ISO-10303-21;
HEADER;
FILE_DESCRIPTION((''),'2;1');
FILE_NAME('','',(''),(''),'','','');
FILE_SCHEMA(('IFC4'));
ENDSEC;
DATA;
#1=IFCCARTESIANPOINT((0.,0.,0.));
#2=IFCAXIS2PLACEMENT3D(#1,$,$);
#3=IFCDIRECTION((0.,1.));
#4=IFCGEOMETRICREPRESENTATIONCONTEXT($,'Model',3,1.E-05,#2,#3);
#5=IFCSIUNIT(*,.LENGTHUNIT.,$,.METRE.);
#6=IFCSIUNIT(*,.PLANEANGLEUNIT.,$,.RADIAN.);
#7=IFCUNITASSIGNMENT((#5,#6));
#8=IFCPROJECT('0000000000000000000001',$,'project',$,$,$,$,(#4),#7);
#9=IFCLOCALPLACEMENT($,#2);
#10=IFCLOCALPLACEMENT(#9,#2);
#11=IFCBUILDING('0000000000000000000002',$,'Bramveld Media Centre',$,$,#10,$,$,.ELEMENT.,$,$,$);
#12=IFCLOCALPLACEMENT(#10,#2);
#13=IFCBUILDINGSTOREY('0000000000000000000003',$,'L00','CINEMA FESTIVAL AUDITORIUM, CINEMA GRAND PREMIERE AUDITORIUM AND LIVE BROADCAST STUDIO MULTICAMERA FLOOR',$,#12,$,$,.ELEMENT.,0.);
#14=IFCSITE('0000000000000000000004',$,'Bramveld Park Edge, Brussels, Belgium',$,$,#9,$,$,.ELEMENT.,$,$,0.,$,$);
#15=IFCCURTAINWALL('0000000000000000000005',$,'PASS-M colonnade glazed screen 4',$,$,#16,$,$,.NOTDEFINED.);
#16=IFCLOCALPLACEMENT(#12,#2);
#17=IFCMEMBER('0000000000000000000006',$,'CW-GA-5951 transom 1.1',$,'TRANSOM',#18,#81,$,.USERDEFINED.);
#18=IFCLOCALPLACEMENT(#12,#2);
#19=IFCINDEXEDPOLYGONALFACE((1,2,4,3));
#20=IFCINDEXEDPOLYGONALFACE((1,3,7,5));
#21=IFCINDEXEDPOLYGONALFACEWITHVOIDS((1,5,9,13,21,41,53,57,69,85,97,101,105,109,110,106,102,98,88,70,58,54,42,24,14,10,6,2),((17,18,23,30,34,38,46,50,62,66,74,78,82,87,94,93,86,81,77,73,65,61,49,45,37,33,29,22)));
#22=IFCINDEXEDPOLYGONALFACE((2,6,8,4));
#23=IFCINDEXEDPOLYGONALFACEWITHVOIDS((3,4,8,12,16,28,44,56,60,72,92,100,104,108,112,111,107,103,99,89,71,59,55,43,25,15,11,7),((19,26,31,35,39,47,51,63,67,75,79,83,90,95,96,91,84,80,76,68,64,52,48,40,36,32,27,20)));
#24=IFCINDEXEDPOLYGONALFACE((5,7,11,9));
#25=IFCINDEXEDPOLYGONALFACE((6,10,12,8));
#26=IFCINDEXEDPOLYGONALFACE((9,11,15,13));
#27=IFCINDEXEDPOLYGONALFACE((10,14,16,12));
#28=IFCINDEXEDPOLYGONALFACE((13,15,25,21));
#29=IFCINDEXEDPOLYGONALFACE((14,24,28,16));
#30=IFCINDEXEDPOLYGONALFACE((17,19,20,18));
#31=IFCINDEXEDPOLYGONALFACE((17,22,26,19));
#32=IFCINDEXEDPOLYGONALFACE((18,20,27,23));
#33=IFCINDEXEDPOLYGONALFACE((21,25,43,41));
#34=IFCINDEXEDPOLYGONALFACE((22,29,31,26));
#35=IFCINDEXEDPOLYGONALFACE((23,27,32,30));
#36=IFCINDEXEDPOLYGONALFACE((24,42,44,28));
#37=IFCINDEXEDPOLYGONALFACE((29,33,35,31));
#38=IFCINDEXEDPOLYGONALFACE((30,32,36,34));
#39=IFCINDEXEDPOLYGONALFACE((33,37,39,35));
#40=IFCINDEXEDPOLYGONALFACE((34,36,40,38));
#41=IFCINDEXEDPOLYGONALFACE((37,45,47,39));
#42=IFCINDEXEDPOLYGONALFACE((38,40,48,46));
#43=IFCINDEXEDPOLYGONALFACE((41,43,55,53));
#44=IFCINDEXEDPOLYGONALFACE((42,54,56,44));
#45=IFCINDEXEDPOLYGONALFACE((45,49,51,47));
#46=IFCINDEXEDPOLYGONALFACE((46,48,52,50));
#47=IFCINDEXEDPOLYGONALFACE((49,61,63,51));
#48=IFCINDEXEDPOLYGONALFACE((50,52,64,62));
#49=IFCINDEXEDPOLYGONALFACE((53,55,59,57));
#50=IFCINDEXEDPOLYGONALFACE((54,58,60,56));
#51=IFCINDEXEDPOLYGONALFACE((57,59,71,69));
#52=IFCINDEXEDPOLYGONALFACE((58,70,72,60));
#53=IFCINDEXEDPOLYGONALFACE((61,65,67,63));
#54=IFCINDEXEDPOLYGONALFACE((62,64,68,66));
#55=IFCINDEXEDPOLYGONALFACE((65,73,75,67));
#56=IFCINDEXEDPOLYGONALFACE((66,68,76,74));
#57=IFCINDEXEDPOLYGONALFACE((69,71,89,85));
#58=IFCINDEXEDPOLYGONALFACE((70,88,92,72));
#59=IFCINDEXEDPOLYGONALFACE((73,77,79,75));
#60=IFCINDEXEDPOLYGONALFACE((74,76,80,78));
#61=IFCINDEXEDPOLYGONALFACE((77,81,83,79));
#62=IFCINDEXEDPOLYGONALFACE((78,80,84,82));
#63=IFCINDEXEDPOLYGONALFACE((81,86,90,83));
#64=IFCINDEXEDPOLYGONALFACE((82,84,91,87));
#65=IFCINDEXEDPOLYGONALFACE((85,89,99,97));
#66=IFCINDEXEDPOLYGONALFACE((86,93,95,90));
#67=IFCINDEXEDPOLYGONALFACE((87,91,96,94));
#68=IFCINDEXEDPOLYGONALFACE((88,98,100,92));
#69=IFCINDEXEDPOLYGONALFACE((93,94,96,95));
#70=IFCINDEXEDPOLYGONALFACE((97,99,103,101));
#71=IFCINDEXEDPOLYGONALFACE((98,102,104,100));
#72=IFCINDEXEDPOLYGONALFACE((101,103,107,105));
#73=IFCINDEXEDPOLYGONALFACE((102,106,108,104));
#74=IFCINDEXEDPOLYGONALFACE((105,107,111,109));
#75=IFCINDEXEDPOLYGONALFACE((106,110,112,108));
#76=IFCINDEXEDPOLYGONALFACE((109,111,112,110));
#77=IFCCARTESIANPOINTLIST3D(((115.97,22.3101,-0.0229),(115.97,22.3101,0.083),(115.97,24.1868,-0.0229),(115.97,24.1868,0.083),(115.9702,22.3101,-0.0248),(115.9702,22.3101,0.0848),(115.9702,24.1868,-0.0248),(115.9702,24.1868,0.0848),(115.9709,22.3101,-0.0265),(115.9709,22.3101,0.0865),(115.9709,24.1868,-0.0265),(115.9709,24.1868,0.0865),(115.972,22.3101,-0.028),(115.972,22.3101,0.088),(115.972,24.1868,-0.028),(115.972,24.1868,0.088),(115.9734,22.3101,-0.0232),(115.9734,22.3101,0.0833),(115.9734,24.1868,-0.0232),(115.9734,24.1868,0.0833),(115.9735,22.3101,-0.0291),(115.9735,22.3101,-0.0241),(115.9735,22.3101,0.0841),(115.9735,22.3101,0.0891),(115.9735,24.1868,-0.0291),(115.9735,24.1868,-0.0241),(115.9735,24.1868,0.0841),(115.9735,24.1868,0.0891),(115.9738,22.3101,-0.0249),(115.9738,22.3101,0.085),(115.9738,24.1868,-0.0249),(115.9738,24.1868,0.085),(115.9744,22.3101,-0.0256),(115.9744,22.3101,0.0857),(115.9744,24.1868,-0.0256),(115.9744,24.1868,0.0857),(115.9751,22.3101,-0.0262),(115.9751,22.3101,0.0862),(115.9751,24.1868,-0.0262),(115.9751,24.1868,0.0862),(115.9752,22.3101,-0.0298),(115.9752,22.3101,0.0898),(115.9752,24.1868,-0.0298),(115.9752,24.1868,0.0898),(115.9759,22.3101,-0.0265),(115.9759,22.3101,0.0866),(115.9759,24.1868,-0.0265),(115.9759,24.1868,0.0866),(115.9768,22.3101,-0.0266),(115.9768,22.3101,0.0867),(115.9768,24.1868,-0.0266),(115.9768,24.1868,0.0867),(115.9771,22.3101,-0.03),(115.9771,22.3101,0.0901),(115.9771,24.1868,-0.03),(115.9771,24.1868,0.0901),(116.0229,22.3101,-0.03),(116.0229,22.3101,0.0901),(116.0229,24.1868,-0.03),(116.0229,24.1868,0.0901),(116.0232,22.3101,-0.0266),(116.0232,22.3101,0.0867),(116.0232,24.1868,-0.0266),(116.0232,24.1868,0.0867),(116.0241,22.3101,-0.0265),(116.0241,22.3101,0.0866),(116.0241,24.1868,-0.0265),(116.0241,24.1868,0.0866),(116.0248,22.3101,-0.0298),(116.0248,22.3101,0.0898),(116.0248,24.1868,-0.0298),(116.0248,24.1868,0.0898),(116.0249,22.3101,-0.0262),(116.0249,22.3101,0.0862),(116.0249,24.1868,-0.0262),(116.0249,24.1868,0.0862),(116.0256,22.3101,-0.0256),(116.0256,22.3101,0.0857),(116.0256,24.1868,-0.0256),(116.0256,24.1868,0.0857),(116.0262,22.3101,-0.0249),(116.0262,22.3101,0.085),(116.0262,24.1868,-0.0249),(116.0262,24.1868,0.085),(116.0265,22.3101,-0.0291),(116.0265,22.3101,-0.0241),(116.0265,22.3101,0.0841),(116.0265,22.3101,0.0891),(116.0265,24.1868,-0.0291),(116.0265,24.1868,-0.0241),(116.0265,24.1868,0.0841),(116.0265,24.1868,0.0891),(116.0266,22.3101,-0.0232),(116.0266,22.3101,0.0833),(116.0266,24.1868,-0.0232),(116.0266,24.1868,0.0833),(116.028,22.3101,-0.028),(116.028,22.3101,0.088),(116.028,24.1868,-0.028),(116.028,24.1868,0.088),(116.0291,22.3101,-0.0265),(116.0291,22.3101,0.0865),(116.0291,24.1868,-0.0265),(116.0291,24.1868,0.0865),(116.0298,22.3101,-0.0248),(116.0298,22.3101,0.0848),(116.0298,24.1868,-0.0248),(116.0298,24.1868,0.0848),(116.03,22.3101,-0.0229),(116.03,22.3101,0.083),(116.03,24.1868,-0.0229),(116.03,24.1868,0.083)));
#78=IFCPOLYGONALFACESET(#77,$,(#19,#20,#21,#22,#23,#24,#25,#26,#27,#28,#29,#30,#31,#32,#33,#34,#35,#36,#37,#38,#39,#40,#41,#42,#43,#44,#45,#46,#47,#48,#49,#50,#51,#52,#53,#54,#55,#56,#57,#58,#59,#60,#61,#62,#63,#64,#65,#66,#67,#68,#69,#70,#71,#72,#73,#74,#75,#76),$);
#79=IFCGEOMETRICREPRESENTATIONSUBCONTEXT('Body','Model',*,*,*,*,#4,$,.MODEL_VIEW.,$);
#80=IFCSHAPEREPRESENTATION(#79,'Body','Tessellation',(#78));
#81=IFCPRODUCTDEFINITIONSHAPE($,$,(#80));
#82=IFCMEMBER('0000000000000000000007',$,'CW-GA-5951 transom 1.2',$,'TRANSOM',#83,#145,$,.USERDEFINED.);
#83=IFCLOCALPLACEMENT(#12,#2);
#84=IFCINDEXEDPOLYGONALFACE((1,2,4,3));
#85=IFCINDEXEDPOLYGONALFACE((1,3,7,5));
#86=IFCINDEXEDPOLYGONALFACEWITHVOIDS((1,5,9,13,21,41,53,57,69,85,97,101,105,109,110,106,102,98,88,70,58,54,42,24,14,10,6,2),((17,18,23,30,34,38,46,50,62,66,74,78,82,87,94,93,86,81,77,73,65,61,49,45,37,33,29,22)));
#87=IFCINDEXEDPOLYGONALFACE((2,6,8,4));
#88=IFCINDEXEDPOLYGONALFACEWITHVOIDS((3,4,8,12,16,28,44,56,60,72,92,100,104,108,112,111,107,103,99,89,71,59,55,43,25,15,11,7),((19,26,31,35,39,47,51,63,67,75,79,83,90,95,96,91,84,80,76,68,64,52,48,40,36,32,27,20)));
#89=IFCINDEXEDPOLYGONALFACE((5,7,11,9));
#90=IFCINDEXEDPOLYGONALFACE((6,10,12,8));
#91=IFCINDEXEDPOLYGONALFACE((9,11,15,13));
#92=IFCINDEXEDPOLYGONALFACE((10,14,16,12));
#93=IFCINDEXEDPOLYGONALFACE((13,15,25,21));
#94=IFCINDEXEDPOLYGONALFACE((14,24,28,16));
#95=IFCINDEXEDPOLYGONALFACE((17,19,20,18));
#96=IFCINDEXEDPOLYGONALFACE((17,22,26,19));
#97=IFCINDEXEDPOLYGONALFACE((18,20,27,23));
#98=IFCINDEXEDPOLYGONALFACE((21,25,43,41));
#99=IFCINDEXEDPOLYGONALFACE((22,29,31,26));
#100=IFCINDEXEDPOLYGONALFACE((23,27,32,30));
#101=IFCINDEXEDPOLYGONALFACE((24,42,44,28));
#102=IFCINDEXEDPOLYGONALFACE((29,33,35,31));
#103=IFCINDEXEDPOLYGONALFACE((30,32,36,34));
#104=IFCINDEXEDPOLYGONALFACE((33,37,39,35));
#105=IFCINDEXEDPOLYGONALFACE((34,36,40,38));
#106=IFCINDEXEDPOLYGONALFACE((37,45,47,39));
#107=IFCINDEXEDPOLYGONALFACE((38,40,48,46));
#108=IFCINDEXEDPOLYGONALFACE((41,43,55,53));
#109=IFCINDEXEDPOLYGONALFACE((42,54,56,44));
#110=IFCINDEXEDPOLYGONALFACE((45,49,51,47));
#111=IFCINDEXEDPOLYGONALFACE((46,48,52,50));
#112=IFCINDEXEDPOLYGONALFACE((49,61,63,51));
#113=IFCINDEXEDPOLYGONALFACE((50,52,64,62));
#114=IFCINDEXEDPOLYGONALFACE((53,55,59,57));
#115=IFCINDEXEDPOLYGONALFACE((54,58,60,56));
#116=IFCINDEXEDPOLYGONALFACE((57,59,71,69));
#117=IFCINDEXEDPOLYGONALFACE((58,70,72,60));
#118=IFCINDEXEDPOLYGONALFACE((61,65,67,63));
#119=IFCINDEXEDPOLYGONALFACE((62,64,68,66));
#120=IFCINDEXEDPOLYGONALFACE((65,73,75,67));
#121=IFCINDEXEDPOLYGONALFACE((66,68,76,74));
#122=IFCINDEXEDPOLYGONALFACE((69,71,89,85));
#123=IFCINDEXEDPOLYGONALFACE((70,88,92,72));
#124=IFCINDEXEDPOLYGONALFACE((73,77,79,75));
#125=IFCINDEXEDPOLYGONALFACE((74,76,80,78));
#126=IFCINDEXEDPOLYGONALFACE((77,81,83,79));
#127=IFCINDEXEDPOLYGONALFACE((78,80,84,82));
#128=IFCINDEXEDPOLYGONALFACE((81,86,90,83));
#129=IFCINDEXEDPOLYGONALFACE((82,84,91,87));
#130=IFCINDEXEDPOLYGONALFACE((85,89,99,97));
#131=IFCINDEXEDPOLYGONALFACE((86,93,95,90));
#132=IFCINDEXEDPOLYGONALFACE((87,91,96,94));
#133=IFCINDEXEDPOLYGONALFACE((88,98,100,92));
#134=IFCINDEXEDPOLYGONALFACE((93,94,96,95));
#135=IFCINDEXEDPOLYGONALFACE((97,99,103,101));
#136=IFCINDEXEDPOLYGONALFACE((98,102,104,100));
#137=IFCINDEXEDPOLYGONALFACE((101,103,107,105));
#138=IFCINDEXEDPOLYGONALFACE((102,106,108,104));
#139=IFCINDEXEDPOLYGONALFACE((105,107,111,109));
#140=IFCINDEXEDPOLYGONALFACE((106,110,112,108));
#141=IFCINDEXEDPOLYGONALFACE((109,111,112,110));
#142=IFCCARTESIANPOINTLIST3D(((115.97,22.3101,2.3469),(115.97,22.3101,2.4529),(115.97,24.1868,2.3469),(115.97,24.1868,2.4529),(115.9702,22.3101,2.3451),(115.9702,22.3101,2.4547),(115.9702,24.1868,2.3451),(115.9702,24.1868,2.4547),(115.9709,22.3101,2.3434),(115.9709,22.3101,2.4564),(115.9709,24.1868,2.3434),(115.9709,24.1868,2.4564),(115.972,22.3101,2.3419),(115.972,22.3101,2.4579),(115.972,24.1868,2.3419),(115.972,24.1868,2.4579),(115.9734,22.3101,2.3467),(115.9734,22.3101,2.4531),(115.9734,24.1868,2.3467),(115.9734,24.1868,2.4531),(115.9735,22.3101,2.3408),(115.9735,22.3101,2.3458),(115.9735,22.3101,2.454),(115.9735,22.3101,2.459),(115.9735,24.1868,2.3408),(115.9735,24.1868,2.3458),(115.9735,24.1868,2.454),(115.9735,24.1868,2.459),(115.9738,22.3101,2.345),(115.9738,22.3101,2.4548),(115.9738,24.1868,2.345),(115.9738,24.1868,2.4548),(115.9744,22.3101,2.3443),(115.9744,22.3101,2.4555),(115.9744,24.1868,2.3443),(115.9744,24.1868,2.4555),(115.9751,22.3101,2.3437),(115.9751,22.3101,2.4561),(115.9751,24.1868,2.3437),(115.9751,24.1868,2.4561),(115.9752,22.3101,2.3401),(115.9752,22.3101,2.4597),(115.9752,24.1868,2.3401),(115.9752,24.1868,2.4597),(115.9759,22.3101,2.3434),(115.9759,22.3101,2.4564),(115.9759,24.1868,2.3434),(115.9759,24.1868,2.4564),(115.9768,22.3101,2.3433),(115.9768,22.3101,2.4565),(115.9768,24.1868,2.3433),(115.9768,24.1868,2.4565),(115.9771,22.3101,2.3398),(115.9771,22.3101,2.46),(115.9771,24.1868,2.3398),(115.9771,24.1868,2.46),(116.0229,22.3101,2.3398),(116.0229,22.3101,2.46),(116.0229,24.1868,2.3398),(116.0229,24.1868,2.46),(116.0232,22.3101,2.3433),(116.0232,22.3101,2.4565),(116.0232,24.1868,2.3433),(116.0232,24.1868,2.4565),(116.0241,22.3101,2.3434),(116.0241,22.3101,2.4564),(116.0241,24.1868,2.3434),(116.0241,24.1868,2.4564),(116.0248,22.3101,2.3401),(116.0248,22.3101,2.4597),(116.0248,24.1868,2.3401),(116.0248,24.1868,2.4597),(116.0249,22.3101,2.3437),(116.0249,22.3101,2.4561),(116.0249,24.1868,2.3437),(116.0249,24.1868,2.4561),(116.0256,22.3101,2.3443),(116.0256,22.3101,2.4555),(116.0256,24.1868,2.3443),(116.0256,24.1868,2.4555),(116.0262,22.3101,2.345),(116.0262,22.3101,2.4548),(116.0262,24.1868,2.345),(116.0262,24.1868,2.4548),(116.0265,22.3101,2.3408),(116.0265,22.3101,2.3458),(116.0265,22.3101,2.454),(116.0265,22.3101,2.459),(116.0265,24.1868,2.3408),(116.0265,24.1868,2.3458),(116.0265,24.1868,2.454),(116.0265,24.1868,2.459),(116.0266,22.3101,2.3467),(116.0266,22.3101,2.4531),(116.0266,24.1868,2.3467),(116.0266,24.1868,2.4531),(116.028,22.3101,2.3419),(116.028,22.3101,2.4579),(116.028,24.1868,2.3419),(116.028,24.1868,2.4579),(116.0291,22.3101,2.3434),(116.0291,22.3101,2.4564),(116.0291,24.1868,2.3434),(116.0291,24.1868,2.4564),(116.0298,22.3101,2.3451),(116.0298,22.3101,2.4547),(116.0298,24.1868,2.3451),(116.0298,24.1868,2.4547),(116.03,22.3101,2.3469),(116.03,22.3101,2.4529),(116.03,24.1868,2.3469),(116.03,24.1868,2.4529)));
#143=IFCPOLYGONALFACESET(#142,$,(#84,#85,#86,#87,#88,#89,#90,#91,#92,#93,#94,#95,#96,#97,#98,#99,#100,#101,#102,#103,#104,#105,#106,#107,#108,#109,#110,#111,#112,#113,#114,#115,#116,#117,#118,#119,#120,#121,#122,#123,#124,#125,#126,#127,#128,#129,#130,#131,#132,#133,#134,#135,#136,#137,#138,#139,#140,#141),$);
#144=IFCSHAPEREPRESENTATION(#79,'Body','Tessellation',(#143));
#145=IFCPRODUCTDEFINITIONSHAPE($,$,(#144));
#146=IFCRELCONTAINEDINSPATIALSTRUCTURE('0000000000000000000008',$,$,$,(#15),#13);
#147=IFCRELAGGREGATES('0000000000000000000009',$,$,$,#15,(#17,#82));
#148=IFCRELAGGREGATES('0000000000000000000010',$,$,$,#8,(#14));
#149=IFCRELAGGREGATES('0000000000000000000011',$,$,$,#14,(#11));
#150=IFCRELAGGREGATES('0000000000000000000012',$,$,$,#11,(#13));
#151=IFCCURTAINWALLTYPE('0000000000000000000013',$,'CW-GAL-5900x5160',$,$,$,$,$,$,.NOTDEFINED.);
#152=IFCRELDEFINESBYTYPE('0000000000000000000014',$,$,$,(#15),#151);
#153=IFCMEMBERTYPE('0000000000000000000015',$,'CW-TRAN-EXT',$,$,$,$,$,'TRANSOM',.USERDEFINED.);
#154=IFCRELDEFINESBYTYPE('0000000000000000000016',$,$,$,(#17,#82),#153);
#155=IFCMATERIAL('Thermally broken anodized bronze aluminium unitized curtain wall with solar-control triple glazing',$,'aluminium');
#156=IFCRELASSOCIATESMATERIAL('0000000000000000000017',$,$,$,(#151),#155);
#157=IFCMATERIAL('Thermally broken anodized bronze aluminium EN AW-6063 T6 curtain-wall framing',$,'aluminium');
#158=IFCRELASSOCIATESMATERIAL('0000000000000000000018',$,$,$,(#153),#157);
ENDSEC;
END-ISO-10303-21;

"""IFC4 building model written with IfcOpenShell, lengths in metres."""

from ifc_helpers import new_model, si_unit, direction, frame, origin, origin_2d, place, context, subcontext, project, spatial, hollow_rectangle, extrude, material, material_profile, profile_set, type_object, element, aggregate, save


model = new_model("IFC4")

# Units and contexts
model_context = context("Model", 3, precision=1e-05, world=origin(), true_north=direction((0.0, 1.0)))
body_context = subcontext(model_context, "Body", "Model", "MODEL_VIEW")
ifc_project = project(units=[si_unit("LENGTHUNIT", "METRE"), si_unit("PLANEANGLEUNIT", "RADIAN")], contexts=[model_context])

# Site, building, storey
site_placement = place(None, origin())
site = spatial("IfcSite", under=ifc_project, at=site_placement, Name="Bramveld Park Edge, Brussels, Belgium", CompositionType="ELEMENT", RefElevation=0.0)
building_placement = place(site_placement, origin())
building = spatial("IfcBuilding", under=site, at=building_placement, Name="Bramveld Media Centre", CompositionType="ELEMENT")
storey_placement = place(building_placement, origin())
storey = spatial("IfcBuildingStorey", under=building, at=storey_placement, Name="L00", Description="CINEMA FESTIVAL AUDITORIUM, CINEMA GRAND PREMIERE AUDITORIUM AND LIVE BROADCAST STUDIO MULTICAMERA FLOOR", CompositionType="ELEMENT", Elevation=0.0)

# Curtain wall, members
ifc_material_1 = material(Name="Thermally broken anodized bronze aluminium unitized curtain wall with solar-control triple glazing", Category="aluminium")
curtain_wall_type = type_object("IfcCurtainWallType", Name="CW-GAL-5900x5160", PredefinedType="NOTDEFINED", material=ifc_material_1)
curtain_wall_placement = place(storey_placement, origin())
curtain_wall = element("IfcCurtainWall", 1, at=curtain_wall_placement, inside=storey, type_object=curtain_wall_type, Name="PASS-M colonnade glazed screen 4", PredefinedType="NOTDEFINED")
ifc_material_2 = material(Name="Thermally broken anodized bronze aluminium EN AW-6063 T6 curtain-wall framing", Category="aluminium")
ifc_material_profile_1 = material_profile(ifc_material_2, hollow_rectangle(XDim=0.0601, YDim=0.1201, WallThickness=0.0034, InnerFilletRadius=0.0034, OuterFilletRadius=0.0071, at=origin_2d()), Name="AL-TRAN 60x120")
ifc_profile_set_1 = profile_set([ifc_material_profile_1], Name="Thermally broken anodized bronze aluminium EN AW-6063 T6 curtain-wall framing")
member_type_1 = type_object("IfcMemberType", Name="CW-TRAN-EXT", ElementType="TRANSOM", PredefinedType="USERDEFINED", material=ifc_profile_set_1)
member_1_placement = place(storey_placement, frame((116.0, 22.3101, 0.03), z_axis=(0.0, 1.0, 0.0), x_axis=(-1.0, 0.0, 0.0)))
member_1 = element("IfcMember", 2, at=member_1_placement, type_object=member_type_1, Name="CW-GA-5951 transom 1.1", ObjectType="TRANSOM", PredefinedType="USERDEFINED", context=body_context, shape_type="SweptSolid", body=[
    extrude(hollow_rectangle(XDim=0.0601, YDim=0.1201, WallThickness=0.0034, InnerFilletRadius=0.0034, OuterFilletRadius=0.0071, at=origin_2d()), origin(), (0.0, 0.0, 1.0), 1.8767),
])
member_2_placement = place(storey_placement, frame((116.0, 22.3101, 2.3999), z_axis=(0.0, 1.0, 0.0), x_axis=(-1.0, 0.0, 0.0)))
member_2 = element("IfcMember", 3, at=member_2_placement, type_object=member_type_1, Name="CW-GA-5951 transom 1.2", ObjectType="TRANSOM", PredefinedType="USERDEFINED", context=body_context, shape_type="SweptSolid", body=[
    extrude(hollow_rectangle(XDim=0.0601, YDim=0.1201, WallThickness=0.0034, InnerFilletRadius=0.0034, OuterFilletRadius=0.0071, at=origin_2d()), origin(), (0.0, 0.0, 1.0), 1.8767),
])
aggregate(curtain_wall, [member_1, member_2])

save(model, "model.ifc")
